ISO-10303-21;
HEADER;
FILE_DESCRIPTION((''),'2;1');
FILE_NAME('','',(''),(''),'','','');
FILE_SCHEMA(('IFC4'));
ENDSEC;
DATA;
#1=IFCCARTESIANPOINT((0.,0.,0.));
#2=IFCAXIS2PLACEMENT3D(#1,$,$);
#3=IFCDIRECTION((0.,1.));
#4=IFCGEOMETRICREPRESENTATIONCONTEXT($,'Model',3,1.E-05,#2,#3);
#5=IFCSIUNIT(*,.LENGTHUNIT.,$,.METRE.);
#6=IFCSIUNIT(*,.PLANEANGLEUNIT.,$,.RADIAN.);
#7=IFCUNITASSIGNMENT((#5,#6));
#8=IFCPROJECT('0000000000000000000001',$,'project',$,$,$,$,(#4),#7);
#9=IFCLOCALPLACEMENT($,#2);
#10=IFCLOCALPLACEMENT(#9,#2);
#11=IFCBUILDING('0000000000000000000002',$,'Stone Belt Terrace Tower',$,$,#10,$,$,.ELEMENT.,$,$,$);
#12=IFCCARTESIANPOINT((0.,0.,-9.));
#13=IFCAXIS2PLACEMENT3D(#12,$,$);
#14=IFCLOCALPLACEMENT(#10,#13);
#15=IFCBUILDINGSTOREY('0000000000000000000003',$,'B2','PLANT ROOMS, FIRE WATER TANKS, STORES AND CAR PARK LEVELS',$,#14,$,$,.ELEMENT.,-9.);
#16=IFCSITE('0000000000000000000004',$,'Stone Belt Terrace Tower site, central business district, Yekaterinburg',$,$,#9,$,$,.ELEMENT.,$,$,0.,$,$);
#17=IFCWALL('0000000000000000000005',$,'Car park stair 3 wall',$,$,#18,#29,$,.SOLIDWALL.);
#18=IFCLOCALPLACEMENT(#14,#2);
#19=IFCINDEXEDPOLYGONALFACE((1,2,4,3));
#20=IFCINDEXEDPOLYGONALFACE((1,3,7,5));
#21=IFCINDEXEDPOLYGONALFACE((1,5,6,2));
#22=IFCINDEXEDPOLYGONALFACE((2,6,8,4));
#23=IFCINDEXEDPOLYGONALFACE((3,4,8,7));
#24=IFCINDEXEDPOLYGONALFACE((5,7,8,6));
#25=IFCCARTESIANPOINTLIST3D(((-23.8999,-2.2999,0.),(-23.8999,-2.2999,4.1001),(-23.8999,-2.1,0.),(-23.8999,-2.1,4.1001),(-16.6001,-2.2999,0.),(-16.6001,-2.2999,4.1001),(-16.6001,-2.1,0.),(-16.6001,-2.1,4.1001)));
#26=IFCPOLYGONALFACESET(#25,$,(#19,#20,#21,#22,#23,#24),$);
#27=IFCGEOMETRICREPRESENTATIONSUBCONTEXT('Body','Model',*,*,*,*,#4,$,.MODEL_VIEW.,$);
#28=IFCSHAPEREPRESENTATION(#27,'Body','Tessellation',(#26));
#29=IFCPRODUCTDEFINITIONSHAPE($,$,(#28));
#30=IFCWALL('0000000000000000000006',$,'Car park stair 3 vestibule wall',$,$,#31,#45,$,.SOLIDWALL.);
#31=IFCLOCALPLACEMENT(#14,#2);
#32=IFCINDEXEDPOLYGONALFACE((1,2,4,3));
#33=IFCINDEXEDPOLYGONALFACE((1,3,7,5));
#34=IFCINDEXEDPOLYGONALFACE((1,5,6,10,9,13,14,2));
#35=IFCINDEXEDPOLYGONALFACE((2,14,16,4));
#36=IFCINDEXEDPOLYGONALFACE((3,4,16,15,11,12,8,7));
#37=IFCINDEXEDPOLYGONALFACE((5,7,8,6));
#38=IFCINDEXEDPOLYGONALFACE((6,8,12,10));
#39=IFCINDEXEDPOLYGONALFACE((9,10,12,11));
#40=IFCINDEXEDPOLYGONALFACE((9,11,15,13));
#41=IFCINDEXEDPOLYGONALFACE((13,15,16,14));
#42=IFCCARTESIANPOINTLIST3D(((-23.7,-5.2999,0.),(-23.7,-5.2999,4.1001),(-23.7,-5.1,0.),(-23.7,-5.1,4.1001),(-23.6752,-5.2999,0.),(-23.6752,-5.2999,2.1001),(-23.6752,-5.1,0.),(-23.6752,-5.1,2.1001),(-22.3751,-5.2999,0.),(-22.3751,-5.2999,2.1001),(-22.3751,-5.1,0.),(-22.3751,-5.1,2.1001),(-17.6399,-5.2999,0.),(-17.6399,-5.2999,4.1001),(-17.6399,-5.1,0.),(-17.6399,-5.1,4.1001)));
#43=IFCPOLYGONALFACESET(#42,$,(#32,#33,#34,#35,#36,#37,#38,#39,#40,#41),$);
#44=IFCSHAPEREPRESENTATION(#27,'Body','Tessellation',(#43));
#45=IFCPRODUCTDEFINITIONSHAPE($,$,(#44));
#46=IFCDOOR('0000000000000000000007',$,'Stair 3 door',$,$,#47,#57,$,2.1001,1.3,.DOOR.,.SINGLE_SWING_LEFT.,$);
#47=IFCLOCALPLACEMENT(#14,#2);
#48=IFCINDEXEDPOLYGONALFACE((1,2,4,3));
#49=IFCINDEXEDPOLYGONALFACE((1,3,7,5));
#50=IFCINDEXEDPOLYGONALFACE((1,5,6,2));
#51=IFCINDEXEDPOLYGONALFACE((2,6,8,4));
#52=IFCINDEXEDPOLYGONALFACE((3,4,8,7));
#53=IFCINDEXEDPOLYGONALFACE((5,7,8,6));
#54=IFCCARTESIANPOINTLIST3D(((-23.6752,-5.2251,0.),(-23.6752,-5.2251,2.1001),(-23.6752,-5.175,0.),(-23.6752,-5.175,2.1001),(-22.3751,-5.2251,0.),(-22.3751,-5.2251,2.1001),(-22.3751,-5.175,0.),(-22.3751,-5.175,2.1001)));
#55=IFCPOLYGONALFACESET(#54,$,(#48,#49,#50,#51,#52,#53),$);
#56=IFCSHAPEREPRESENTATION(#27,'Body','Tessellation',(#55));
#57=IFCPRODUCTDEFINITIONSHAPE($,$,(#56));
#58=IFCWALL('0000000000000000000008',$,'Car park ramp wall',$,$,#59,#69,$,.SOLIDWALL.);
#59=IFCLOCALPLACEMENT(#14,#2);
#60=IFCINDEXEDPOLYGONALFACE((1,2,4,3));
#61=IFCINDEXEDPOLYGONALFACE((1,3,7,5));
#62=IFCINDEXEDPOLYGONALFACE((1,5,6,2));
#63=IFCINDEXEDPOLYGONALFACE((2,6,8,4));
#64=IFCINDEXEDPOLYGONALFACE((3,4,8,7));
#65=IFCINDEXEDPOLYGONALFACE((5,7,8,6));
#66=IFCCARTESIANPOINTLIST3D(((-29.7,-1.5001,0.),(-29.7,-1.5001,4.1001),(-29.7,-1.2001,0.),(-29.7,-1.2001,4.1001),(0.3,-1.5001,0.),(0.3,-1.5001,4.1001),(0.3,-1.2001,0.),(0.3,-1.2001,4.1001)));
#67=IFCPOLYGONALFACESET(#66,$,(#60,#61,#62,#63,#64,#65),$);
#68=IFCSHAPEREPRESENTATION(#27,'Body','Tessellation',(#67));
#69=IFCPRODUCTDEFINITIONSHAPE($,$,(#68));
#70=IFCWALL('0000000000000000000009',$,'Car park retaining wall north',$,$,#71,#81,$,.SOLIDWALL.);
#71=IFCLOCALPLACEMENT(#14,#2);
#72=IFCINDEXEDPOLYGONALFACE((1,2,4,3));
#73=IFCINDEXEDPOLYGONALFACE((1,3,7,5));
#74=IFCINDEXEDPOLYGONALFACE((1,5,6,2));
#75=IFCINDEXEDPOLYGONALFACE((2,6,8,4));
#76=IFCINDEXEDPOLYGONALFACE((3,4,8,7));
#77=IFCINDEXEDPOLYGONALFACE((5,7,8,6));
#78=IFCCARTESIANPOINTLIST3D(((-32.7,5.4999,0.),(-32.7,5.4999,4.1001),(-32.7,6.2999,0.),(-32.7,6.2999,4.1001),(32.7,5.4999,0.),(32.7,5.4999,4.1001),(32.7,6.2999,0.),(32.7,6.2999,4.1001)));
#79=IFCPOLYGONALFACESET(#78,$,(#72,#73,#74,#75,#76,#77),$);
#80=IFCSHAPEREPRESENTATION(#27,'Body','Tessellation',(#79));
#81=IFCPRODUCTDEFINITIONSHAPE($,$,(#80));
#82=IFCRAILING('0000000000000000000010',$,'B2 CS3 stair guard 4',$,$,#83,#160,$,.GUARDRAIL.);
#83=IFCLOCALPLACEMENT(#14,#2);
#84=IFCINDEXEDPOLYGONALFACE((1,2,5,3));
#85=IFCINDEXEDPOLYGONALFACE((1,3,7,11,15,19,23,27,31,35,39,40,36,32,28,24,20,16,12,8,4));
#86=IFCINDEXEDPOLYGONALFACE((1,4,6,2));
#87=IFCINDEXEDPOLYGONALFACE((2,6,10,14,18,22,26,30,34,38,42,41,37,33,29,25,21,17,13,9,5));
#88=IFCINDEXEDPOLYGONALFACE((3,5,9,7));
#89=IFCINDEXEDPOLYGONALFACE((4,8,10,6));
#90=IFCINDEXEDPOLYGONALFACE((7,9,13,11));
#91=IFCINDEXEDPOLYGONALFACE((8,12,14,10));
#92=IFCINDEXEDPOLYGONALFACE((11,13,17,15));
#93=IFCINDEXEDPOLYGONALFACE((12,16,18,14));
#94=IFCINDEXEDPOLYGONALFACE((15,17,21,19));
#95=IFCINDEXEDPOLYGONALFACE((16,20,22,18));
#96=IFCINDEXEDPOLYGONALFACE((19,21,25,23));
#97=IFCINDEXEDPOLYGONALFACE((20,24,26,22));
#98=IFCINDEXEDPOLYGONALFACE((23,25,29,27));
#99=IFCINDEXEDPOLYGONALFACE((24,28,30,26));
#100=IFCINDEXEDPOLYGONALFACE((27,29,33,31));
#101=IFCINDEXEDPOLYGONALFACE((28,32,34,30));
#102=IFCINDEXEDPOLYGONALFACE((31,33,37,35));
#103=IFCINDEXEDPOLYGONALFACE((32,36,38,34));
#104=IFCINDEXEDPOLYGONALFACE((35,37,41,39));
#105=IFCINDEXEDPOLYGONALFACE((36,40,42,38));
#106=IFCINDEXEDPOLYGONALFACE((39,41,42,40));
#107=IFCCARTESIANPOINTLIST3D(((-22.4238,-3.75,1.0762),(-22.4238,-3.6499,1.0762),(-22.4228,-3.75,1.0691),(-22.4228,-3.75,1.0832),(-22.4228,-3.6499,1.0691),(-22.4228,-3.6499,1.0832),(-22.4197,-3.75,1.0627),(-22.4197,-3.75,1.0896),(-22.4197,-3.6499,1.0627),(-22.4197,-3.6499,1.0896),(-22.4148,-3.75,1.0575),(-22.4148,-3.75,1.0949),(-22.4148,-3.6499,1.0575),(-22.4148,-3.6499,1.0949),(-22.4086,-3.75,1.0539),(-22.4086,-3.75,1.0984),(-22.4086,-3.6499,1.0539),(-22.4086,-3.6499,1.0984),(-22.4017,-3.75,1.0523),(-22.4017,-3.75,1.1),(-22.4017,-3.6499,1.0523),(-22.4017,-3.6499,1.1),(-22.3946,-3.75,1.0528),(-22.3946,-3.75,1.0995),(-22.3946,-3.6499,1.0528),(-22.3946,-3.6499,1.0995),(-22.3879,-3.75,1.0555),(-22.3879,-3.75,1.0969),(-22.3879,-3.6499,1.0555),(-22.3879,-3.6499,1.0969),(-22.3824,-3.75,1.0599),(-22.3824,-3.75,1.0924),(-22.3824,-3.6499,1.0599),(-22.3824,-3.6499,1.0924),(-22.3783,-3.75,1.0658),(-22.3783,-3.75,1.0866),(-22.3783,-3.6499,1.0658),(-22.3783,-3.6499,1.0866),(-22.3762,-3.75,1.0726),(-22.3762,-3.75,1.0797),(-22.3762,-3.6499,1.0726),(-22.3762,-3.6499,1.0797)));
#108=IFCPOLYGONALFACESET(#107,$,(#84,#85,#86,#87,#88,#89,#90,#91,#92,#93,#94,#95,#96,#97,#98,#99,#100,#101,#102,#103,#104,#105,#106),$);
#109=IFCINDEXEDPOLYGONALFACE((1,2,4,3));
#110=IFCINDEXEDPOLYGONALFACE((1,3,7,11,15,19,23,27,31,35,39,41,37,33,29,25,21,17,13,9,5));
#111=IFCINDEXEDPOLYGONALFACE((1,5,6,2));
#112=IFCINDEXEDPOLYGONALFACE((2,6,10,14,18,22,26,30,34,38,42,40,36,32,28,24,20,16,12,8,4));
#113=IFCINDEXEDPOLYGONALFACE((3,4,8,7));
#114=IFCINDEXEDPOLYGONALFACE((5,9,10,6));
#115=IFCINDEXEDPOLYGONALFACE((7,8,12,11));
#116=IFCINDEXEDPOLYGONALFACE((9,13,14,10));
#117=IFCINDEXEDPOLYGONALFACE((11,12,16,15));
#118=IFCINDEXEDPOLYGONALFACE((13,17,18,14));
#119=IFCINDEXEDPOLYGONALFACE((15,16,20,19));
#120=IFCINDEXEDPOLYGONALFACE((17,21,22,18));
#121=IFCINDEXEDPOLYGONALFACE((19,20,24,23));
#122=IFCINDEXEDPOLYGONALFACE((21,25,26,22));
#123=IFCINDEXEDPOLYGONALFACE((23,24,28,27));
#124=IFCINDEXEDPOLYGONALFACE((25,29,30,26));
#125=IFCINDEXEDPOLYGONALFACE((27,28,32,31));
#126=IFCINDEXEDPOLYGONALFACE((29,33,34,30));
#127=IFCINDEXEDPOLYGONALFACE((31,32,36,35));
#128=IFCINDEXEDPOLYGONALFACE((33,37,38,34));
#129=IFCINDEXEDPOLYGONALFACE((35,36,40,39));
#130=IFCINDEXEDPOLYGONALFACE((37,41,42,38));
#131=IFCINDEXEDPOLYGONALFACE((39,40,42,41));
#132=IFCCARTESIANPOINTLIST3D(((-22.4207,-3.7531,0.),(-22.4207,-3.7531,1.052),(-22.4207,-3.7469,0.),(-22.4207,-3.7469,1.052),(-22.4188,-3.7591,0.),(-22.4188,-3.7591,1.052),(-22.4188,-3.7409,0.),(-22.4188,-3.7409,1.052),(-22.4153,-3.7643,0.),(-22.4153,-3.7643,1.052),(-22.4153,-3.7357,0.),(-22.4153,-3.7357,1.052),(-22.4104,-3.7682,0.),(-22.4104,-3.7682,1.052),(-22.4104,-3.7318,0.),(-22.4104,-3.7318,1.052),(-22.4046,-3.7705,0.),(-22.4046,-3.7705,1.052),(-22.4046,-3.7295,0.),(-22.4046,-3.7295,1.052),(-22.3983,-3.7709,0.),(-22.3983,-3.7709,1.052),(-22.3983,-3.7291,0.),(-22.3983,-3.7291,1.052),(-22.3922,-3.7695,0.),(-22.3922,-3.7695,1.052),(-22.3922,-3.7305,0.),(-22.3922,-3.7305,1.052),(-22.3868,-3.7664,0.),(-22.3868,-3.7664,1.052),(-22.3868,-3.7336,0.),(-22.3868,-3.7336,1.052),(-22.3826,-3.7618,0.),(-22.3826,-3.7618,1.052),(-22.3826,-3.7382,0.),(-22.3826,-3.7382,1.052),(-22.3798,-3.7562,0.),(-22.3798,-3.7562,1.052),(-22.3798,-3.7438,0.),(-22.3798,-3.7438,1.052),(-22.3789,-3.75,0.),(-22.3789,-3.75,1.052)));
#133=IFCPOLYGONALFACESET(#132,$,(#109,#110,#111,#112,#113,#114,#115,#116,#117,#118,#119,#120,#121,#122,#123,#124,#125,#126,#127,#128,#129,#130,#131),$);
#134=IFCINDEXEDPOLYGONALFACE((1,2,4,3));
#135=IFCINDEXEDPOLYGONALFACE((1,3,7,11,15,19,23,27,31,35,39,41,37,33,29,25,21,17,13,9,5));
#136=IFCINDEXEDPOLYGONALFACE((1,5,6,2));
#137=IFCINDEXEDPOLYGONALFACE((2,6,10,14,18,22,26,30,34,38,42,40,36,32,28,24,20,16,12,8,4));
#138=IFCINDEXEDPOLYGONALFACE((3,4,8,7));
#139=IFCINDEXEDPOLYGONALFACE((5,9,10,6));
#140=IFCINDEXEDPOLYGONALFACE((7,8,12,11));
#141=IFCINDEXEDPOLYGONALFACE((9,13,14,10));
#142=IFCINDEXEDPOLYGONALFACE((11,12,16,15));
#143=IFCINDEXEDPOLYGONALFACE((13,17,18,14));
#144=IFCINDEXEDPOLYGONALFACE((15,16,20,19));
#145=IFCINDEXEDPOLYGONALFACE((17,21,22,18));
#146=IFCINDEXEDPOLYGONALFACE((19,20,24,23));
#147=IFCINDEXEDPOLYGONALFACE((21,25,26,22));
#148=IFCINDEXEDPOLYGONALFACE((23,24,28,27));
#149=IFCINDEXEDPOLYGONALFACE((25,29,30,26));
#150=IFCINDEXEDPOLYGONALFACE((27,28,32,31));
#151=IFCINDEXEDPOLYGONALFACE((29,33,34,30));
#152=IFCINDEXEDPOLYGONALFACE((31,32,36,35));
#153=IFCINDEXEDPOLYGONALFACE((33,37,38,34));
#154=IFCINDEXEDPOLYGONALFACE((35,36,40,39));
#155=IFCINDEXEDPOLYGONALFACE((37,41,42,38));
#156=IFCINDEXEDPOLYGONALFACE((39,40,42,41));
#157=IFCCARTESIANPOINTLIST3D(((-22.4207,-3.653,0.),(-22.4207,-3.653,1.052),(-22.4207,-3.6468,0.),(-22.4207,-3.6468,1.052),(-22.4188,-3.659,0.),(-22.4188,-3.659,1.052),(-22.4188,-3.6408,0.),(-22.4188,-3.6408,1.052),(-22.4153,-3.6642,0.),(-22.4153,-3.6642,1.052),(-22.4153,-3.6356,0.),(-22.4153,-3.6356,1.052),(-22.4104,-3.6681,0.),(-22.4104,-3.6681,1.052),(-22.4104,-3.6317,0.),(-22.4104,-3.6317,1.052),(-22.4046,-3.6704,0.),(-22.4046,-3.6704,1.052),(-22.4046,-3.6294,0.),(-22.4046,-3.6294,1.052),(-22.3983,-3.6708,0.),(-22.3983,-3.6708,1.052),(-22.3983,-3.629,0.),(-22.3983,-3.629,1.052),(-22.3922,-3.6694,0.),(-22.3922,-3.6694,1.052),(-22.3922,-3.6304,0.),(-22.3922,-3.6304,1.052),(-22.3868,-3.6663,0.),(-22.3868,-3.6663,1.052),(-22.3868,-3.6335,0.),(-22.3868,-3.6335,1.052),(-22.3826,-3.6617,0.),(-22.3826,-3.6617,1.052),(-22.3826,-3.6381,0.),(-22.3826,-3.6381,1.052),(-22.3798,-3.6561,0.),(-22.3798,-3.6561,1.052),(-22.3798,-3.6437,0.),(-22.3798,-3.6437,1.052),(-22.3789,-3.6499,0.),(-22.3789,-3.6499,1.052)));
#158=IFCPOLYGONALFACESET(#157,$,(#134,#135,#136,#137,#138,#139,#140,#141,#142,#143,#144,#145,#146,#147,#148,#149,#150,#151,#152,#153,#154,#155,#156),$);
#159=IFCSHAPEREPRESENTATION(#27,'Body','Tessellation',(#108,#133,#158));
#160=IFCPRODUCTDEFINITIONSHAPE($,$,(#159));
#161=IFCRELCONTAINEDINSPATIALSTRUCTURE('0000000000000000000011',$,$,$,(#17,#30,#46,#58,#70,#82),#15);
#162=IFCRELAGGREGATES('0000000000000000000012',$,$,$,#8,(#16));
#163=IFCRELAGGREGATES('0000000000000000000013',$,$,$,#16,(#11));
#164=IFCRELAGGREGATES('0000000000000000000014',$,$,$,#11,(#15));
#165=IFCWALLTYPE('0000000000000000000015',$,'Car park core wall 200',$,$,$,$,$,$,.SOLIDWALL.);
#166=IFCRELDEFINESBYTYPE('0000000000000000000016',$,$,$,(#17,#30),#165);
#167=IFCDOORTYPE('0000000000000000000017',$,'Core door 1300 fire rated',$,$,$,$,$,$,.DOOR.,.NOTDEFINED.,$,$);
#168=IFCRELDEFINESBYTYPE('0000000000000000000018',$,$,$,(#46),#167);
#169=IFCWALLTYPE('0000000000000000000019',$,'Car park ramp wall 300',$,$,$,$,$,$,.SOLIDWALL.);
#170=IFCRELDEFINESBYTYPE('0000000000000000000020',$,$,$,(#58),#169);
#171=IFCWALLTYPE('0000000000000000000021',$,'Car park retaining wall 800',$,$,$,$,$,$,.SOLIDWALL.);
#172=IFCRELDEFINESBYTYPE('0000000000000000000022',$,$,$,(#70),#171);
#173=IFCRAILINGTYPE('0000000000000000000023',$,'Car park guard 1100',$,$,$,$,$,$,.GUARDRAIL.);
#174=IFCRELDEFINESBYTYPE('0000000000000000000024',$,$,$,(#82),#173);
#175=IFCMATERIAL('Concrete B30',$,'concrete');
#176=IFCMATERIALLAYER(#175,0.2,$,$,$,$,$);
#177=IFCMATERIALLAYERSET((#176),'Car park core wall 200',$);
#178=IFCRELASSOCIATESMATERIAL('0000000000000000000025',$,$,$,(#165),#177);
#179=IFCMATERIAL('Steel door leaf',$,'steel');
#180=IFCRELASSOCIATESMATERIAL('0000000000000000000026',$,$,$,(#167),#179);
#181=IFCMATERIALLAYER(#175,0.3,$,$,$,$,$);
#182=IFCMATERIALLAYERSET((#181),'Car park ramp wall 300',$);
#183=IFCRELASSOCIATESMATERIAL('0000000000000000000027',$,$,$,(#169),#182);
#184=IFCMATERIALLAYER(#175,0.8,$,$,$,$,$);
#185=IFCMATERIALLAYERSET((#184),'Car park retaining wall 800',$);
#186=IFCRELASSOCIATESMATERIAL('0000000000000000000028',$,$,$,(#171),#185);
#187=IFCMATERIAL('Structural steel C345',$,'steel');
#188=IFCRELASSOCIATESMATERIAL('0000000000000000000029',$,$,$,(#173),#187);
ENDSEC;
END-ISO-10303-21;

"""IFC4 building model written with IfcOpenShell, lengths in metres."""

from ifc_helpers import new_model, si_unit, direction, frame, frame_2d, origin, origin_2d, place, context, subcontext, project, spatial, rectangle, circle, extrude, material, layer, layer_set, type_object, element, fill, save


model = new_model("IFC4")

# Units and contexts
model_context = context("Model", 3, precision=1e-05, world=origin(), true_north=direction((0.0, 1.0)))
body_context = subcontext(model_context, "Body", "Model", "MODEL_VIEW")
ifc_project = project(units=[si_unit("LENGTHUNIT", "METRE"), si_unit("PLANEANGLEUNIT", "RADIAN")], contexts=[model_context])

# Site, building, storey
site_placement = place(None, origin())
site = spatial("IfcSite", under=ifc_project, at=site_placement, Name="Stone Belt Terrace Tower site, central business district, Yekaterinburg", CompositionType="ELEMENT", RefElevation=0.0)
building_placement = place(site_placement, origin())
building = spatial("IfcBuilding", under=site, at=building_placement, Name="Stone Belt Terrace Tower", CompositionType="ELEMENT")
storey_placement = place(building_placement, frame((0.0, 0.0, -9.0)))
storey = spatial("IfcBuildingStorey", under=building, at=storey_placement, Name="B2", Description="PLANT ROOMS, FIRE WATER TANKS, STORES AND CAR PARK LEVELS", CompositionType="ELEMENT", Elevation=-9.0)

# Shared definitions
ifc_material_1 = material(Name="Concrete B30", Category="concrete")
ifc_layer_1 = layer(ifc_material_1, 0.2)
ifc_layer_set_1 = layer_set([ifc_layer_1], Name="Car park core wall 200")
wall_type_1 = type_object("IfcWallType", Name="Car park core wall 200", PredefinedType="SOLIDWALL", material=ifc_layer_set_1)
ifc_material_2 = material(Name="Steel door leaf", Category="steel")

# Wall
wall_1_placement = place(storey_placement, frame((-23.8999, -2.2, 0.0), z_axis=(0.0, 0.0, 1.0), x_axis=(1.0, 0.0, 0.0)))
element("IfcWall", 1, at=wall_1_placement, inside=storey, type_object=wall_type_1, Name="Car park stair 3 wall", PredefinedType="SOLIDWALL", context=body_context, shape_type="SweptSolid", body=[
    extrude(rectangle(XDim=7.2998, YDim=0.2, at=frame_2d((3.6499, 0.0))), origin(), (0.0, 0.0, 1.0), 4.1001),
])

# Wall, opening, door
wall_2_placement = place(storey_placement, frame((-23.7, -5.2, 0.0), z_axis=(0.0, 0.0, 1.0), x_axis=(1.0, 0.0, 0.0)))
wall_2 = element("IfcWall", 2, at=wall_2_placement, inside=storey, type_object=wall_type_1, Name="Car park stair 3 vestibule wall", PredefinedType="SOLIDWALL", context=body_context, shape_type="SweptSolid", body=[
    extrude(rectangle(XDim=6.0601, YDim=0.2, at=frame_2d((3.03, 0.0))), origin(), (0.0, 0.0, 1.0), 4.1001),
])
opening_1_placement = place(wall_2_placement, frame((0.0249, 0.0, 0.0)))
opening_1 = element("IfcOpeningElement", 3, at=opening_1_placement, cuts=wall_2, PredefinedType="OPENING", context=body_context, shape_type="SweptSolid", body=[
    extrude(rectangle(XDim=1.3, YDim=2.1001, at=frame_2d((0.6499, 1.05))), frame((0.0, 0.1099, 0.0), z_axis=(0.0, -1.0, 0.0), x_axis=(1.0, 0.0, 0.0)), (0.0, 0.0, 1.0), 0.22),
])
door_type_1 = type_object("IfcDoorType", Name="Core door 1300 fire rated", OperationType="NOTDEFINED", PredefinedType="DOOR", material=ifc_material_2)
door_1_placement = place(opening_1_placement, origin())
door_1 = element("IfcDoor", 4, at=door_1_placement, inside=storey, type_object=door_type_1, Name="Stair 3 door", OperationType="SINGLE_SWING_LEFT", OverallHeight=2.1001, OverallWidth=1.3, PredefinedType="DOOR", context=body_context, shape_type="SweptSolid", body=[
    extrude(rectangle(XDim=1.3, YDim=2.1001, at=frame_2d((0.6499, 1.05))), frame((0.0, 0.0249, 0.0), z_axis=(0.0, -1.0, 0.0), x_axis=(1.0, 0.0, 0.0)), (0.0, 0.0, 1.0), 0.05),
])
fill(opening_1, door_1)

# Walls
ifc_layer_2 = layer(ifc_material_1, 0.3)
ifc_layer_set_2 = layer_set([ifc_layer_2], Name="Car park ramp wall 300")
wall_type_2 = type_object("IfcWallType", Name="Car park ramp wall 300", PredefinedType="SOLIDWALL", material=ifc_layer_set_2)
wall_3_placement = place(storey_placement, frame((-29.7, -1.3501, 0.0), z_axis=(0.0, 0.0, 1.0), x_axis=(1.0, 0.0, 0.0)))
element("IfcWall", 5, at=wall_3_placement, inside=storey, type_object=wall_type_2, Name="Car park ramp wall", PredefinedType="SOLIDWALL", context=body_context, shape_type="SweptSolid", body=[
    extrude(rectangle(XDim=30.0, YDim=0.3, at=frame_2d((15.0, 0.0))), origin(), (0.0, 0.0, 1.0), 4.1001),
])
ifc_layer_3 = layer(ifc_material_1, 0.8)
ifc_layer_set_3 = layer_set([ifc_layer_3], Name="Car park retaining wall 800")
wall_type_3 = type_object("IfcWallType", Name="Car park retaining wall 800", PredefinedType="SOLIDWALL", material=ifc_layer_set_3)
wall_4_placement = place(storey_placement, frame((-32.7, 5.8999, 0.0), z_axis=(0.0, 0.0, 1.0), x_axis=(1.0, 0.0, 0.0)))
element("IfcWall", 6, at=wall_4_placement, inside=storey, type_object=wall_type_3, Name="Car park retaining wall north", PredefinedType="SOLIDWALL", context=body_context, shape_type="SweptSolid", body=[
    extrude(rectangle(XDim=65.3999, YDim=0.8, at=frame_2d((32.7, 0.0))), origin(), (0.0, 0.0, 1.0), 4.1001),
])

# Railing
ifc_material_3 = material(Name="Structural steel C345", Category="steel")
railing_type_1 = type_object("IfcRailingType", Name="Car park guard 1100", PredefinedType="GUARDRAIL", material=ifc_material_3)
railing_1_placement = place(storey_placement, frame((-22.3999, -3.75, 0.0)))
element("IfcRailing", 7, at=railing_1_placement, inside=storey, type_object=railing_type_1, Name="B2 CS3 stair guard 4", PredefinedType="GUARDRAIL", context=body_context, shape_type="SweptSolid", body=[
    extrude(circle(Radius=0.0239, at=origin_2d()), frame((0.0, 0.0, 1.0762), z_axis=(0.0, 1.0, 0.0), x_axis=(-1.0, 0.0, 0.0)), (0.0, 0.0, 1.0), 0.1001),
    extrude(circle(Radius=0.021, at=origin_2d()), origin(), (0.0, 0.0, 1.0), 1.052),
    extrude(circle(Radius=0.021, at=origin_2d()), frame((0.0, 0.1001, 0.0)), (0.0, 0.0, 1.0), 1.052),
])

save(model, "model.ifc")
